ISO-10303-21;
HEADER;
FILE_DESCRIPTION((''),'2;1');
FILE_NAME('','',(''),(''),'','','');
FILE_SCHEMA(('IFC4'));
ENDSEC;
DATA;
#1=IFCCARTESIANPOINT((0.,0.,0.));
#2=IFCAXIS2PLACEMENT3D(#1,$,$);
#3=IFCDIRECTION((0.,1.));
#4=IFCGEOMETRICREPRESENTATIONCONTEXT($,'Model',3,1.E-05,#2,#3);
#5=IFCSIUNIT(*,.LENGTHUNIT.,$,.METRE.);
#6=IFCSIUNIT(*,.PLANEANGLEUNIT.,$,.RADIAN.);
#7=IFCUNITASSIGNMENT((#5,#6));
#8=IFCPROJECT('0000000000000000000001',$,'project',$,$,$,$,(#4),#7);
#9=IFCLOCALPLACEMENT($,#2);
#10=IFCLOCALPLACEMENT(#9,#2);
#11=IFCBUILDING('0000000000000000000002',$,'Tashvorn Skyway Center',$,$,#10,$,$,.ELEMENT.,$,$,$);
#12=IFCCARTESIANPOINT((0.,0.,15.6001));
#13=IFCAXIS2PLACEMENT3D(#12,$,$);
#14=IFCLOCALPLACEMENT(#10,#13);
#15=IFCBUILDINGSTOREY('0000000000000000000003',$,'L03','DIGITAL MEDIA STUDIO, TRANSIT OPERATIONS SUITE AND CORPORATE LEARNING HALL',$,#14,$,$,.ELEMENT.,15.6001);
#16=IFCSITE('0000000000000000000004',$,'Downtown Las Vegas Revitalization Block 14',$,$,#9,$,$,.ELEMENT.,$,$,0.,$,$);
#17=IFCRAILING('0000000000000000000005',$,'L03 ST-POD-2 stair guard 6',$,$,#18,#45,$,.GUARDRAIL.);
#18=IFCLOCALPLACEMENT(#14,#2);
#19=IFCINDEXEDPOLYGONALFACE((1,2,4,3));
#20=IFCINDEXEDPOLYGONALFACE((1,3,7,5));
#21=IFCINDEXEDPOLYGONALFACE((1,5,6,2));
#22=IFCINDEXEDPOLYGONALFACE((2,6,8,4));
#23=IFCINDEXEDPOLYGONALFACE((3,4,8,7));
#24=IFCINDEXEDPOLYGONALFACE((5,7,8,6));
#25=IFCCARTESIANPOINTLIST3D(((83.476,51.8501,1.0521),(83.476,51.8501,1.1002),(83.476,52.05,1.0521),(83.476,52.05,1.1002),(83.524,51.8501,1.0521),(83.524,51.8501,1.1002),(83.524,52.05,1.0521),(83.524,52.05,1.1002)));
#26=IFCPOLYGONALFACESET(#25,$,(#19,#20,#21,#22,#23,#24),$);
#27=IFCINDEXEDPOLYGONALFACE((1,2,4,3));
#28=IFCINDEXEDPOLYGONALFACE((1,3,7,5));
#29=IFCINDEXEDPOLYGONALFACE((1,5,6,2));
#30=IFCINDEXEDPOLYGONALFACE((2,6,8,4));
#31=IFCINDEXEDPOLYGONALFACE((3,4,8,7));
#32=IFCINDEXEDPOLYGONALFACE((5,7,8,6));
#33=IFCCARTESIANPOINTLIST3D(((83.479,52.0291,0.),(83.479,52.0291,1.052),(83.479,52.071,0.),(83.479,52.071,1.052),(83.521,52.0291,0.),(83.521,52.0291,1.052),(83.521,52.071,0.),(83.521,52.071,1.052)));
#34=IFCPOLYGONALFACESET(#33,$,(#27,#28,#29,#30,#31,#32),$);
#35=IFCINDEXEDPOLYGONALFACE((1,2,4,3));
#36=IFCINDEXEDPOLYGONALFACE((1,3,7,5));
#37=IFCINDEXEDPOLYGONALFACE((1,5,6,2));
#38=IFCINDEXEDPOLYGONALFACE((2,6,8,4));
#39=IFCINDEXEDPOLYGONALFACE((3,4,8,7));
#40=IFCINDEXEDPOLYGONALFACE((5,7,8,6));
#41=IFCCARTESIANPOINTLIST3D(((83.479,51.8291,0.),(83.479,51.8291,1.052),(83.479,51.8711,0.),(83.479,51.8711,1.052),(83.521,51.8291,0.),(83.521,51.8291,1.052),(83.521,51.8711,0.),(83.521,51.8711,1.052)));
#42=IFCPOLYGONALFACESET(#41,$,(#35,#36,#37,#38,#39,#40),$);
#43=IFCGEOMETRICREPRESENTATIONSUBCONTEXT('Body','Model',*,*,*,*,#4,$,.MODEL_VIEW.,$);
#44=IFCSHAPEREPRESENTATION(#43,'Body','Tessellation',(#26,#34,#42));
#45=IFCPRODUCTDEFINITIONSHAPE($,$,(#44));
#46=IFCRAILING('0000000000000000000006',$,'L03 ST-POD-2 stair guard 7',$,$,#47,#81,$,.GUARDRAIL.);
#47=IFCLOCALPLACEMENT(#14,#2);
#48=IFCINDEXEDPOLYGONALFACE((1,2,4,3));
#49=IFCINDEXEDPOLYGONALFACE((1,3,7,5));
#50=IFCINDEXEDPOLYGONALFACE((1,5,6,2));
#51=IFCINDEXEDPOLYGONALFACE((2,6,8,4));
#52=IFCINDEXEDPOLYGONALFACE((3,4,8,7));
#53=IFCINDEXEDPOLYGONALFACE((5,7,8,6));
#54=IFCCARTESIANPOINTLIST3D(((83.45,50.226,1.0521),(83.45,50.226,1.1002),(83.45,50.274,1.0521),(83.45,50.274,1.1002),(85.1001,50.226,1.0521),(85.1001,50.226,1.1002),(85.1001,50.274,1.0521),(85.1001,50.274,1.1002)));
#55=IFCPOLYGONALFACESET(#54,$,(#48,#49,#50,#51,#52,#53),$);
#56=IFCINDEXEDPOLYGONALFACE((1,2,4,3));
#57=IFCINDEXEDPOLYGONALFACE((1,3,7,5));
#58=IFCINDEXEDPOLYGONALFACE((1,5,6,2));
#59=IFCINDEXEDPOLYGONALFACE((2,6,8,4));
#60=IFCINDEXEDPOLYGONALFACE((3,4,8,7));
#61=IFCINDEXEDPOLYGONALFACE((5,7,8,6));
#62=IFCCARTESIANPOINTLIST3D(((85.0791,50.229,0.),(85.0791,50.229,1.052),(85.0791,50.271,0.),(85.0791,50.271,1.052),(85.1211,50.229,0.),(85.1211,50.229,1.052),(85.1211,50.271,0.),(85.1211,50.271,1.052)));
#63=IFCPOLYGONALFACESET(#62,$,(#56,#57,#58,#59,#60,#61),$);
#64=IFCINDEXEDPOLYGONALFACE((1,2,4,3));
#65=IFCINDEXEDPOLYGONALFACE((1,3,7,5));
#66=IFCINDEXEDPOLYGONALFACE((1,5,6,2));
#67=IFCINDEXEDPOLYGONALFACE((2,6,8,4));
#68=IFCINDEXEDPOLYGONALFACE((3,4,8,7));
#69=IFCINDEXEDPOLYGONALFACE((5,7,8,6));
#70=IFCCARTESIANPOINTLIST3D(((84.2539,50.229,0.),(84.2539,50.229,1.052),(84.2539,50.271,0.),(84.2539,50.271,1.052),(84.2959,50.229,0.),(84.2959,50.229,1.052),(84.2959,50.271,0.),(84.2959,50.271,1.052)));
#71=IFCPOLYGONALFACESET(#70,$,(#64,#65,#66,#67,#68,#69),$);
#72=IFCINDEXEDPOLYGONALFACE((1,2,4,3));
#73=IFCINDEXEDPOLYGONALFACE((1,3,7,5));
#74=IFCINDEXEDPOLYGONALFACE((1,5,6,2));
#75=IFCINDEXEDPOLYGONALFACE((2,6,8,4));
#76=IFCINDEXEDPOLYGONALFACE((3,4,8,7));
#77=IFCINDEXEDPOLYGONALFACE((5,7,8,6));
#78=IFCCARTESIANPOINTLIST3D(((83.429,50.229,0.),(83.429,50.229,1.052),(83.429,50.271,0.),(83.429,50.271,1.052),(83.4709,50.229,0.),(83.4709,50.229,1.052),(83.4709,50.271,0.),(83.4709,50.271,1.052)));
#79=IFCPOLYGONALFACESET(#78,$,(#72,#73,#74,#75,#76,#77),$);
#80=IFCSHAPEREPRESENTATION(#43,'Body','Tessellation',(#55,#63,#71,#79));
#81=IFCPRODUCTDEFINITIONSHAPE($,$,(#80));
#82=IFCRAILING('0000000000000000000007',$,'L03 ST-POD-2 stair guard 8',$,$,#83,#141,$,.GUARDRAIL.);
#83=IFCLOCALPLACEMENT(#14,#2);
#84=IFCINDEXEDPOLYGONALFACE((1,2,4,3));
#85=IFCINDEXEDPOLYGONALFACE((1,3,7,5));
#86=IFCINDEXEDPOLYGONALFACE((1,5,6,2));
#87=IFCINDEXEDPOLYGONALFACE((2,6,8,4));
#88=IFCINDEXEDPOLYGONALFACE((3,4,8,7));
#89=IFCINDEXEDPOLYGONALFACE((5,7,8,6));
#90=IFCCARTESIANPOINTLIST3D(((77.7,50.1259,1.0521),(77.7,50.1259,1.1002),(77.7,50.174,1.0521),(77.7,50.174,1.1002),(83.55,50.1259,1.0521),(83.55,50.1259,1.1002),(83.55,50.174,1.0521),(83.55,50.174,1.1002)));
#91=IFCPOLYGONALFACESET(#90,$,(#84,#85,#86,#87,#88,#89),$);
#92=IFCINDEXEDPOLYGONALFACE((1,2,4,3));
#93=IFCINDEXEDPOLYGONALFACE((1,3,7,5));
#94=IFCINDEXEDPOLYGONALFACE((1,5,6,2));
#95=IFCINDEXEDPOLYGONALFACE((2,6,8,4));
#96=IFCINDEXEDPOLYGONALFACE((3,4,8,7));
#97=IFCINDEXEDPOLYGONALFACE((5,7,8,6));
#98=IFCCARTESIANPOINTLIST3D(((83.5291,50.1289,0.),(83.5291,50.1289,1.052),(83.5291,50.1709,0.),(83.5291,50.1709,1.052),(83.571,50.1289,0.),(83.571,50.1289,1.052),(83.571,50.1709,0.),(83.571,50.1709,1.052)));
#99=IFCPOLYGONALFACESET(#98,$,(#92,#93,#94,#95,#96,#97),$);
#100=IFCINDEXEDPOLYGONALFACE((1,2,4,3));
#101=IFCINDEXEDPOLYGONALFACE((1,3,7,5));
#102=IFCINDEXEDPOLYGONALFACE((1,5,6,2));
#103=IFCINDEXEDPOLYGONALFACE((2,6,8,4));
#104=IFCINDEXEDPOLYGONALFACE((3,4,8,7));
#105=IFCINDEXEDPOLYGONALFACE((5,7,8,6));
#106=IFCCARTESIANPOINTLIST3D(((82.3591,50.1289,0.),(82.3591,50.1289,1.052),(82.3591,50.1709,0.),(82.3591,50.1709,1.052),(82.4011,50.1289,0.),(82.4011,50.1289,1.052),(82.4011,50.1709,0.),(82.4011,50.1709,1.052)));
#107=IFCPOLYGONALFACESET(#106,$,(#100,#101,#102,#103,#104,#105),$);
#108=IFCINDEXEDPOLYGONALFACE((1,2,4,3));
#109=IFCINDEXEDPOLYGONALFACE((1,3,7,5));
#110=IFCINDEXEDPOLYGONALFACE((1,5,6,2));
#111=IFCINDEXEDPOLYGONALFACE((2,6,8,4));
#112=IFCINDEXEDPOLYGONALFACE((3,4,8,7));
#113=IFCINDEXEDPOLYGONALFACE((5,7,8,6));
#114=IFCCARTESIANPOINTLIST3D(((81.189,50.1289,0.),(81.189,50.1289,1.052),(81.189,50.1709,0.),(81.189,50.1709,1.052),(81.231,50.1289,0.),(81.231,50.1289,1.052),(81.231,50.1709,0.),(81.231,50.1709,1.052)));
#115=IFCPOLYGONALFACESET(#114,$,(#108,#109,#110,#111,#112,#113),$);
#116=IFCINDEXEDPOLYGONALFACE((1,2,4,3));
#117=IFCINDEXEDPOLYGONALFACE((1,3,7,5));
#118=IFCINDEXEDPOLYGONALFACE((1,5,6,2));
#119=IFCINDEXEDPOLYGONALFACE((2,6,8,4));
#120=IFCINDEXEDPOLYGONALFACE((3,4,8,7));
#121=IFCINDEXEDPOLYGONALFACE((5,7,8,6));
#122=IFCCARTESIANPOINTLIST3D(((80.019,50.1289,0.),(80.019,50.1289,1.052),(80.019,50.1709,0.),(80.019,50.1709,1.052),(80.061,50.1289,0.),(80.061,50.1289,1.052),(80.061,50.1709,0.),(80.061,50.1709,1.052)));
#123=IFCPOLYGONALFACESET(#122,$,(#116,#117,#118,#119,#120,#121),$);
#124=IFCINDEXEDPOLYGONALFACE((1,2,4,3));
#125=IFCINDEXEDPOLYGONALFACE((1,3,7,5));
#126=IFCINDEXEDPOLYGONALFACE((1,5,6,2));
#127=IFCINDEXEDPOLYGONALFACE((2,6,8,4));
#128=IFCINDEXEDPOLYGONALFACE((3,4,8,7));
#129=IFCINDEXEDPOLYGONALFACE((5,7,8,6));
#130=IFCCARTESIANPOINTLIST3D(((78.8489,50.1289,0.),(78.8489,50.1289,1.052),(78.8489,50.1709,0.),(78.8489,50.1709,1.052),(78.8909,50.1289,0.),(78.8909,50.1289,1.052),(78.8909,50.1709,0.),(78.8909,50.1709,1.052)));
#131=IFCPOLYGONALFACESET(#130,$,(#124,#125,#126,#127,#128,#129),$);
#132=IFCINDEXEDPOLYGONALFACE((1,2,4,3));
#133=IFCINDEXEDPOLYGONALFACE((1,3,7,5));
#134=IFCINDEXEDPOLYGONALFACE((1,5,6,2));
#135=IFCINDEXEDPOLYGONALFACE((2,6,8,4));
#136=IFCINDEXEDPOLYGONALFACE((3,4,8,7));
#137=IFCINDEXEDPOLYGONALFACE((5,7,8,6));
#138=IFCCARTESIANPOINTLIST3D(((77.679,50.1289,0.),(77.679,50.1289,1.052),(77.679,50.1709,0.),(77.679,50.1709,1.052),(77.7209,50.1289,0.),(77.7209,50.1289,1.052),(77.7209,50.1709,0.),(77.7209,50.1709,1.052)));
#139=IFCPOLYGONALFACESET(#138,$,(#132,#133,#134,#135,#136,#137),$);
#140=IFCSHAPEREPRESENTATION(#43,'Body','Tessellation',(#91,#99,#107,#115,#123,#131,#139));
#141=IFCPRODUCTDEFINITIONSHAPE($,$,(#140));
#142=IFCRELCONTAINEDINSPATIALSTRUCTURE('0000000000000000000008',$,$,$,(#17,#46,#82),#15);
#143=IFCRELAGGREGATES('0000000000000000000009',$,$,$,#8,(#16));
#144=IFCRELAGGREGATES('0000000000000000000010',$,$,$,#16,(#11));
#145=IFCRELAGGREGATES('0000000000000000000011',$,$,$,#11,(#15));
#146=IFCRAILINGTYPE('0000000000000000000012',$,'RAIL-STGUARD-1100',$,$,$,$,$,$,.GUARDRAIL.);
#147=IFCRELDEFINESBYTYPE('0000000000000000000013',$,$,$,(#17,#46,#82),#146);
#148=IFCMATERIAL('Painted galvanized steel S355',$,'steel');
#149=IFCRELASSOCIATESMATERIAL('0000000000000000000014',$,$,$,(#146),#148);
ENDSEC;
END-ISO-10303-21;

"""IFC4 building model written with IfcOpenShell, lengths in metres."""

from ifc_helpers import new_model, si_unit, direction, frame, origin, origin_2d, place, context, subcontext, project, spatial, rectangle, extrude, material, type_object, element, save


model = new_model("IFC4")

# Units and contexts
model_context = context("Model", 3, precision=1e-05, world=origin(), true_north=direction((0.0, 1.0)))
body_context = subcontext(model_context, "Body", "Model", "MODEL_VIEW")
ifc_project = project(units=[si_unit("LENGTHUNIT", "METRE"), si_unit("PLANEANGLEUNIT", "RADIAN")], contexts=[model_context])

# Site, building, storey
site_placement = place(None, origin())
site = spatial("IfcSite", under=ifc_project, at=site_placement, Name="Downtown Las Vegas Revitalization Block 14", CompositionType="ELEMENT", RefElevation=0.0)
building_placement = place(site_placement, origin())
building = spatial("IfcBuilding", under=site, at=building_placement, Name="Tashvorn Skyway Center", CompositionType="ELEMENT")
storey_placement = place(building_placement, frame((0.0, 0.0, 15.6001)))
storey = spatial("IfcBuildingStorey", under=building, at=storey_placement, Name="L03", Description="DIGITAL MEDIA STUDIO, TRANSIT OPERATIONS SUITE AND CORPORATE LEARNING HALL", CompositionType="ELEMENT", Elevation=15.6001)

# Railings
ifc_material_1 = material(Name="Painted galvanized steel S355", Category="steel")
railing_type_1 = type_object("IfcRailingType", Name="RAIL-STGUARD-1100", PredefinedType="GUARDRAIL", material=ifc_material_1)
railing_1_placement = place(storey_placement, frame((83.5, 52.05, 0.0)))
element("IfcRailing", 1, at=railing_1_placement, inside=storey, type_object=railing_type_1, Name="L03 ST-POD-2 stair guard 6", PredefinedType="GUARDRAIL", context=body_context, shape_type="SweptSolid", body=[
    extrude(rectangle(XDim=0.0481, YDim=0.0481, at=origin_2d()), frame((0.0, 0.0, 1.0762), z_axis=(0.0, -1.0, 0.0), x_axis=(1.0, 0.0, 0.0)), (0.0, 0.0, 1.0), 0.2),
    extrude(rectangle(XDim=0.042, YDim=0.042, at=origin_2d()), origin(), (0.0, 0.0, 1.0), 1.052),
    extrude(rectangle(XDim=0.042, YDim=0.042, at=origin_2d()), frame((0.0, -0.2, 0.0)), (0.0, 0.0, 1.0), 1.052),
])
railing_2_placement = place(storey_placement, frame((85.1001, 50.25, 0.0)))
element("IfcRailing", 2, at=railing_2_placement, inside=storey, type_object=railing_type_1, Name="L03 ST-POD-2 stair guard 7", PredefinedType="GUARDRAIL", context=body_context, shape_type="SweptSolid", body=[
    extrude(rectangle(XDim=0.0481, YDim=0.0481, at=origin_2d()), frame((0.0, 0.0, 1.0762), z_axis=(-1.0, 0.0, 0.0), x_axis=(0.0, -1.0, 0.0)), (0.0, 0.0, 1.0), 1.6501),
    extrude(rectangle(XDim=0.042, YDim=0.042, at=origin_2d()), origin(), (0.0, 0.0, 1.0), 1.052),
    extrude(rectangle(XDim=0.042, YDim=0.042, at=origin_2d()), frame((-0.8252, 0.0, 0.0)), (0.0, 0.0, 1.0), 1.052),
    extrude(rectangle(XDim=0.042, YDim=0.042, at=origin_2d()), frame((-1.6501, 0.0, 0.0)), (0.0, 0.0, 1.0), 1.052),
])
railing_3_placement = place(storey_placement, frame((83.55, 50.1499, 0.0)))
element("IfcRailing", 3, at=railing_3_placement, inside=storey, type_object=railing_type_1, Name="L03 ST-POD-2 stair guard 8", PredefinedType="GUARDRAIL", context=body_context, shape_type="SweptSolid", body=[
    extrude(rectangle(XDim=0.0481, YDim=0.0481, at=origin_2d()), frame((0.0, 0.0, 1.0762), z_axis=(-1.0, 0.0, 0.0), x_axis=(0.0, -1.0, 0.0)), (0.0, 0.0, 1.0), 5.8501),
    extrude(rectangle(XDim=0.042, YDim=0.042, at=origin_2d()), origin(), (0.0, 0.0, 1.0), 1.052),
    extrude(rectangle(XDim=0.042, YDim=0.042, at=origin_2d()), frame((-1.1699, 0.0, 0.0)), (0.0, 0.0, 1.0), 1.052),
    extrude(rectangle(XDim=0.042, YDim=0.042, at=origin_2d()), frame((-2.3401, 0.0, 0.0)), (0.0, 0.0, 1.0), 1.052),
    extrude(rectangle(XDim=0.042, YDim=0.042, at=origin_2d()), frame((-3.51, 0.0, 0.0)), (0.0, 0.0, 1.0), 1.052),
    extrude(rectangle(XDim=0.042, YDim=0.042, at=origin_2d()), frame((-4.6802, 0.0, 0.0)), (0.0, 0.0, 1.0), 1.052),
    extrude(rectangle(XDim=0.042, YDim=0.042, at=origin_2d()), frame((-5.8501, 0.0, 0.0)), (0.0, 0.0, 1.0), 1.052),
])

save(model, "model.ifc")
